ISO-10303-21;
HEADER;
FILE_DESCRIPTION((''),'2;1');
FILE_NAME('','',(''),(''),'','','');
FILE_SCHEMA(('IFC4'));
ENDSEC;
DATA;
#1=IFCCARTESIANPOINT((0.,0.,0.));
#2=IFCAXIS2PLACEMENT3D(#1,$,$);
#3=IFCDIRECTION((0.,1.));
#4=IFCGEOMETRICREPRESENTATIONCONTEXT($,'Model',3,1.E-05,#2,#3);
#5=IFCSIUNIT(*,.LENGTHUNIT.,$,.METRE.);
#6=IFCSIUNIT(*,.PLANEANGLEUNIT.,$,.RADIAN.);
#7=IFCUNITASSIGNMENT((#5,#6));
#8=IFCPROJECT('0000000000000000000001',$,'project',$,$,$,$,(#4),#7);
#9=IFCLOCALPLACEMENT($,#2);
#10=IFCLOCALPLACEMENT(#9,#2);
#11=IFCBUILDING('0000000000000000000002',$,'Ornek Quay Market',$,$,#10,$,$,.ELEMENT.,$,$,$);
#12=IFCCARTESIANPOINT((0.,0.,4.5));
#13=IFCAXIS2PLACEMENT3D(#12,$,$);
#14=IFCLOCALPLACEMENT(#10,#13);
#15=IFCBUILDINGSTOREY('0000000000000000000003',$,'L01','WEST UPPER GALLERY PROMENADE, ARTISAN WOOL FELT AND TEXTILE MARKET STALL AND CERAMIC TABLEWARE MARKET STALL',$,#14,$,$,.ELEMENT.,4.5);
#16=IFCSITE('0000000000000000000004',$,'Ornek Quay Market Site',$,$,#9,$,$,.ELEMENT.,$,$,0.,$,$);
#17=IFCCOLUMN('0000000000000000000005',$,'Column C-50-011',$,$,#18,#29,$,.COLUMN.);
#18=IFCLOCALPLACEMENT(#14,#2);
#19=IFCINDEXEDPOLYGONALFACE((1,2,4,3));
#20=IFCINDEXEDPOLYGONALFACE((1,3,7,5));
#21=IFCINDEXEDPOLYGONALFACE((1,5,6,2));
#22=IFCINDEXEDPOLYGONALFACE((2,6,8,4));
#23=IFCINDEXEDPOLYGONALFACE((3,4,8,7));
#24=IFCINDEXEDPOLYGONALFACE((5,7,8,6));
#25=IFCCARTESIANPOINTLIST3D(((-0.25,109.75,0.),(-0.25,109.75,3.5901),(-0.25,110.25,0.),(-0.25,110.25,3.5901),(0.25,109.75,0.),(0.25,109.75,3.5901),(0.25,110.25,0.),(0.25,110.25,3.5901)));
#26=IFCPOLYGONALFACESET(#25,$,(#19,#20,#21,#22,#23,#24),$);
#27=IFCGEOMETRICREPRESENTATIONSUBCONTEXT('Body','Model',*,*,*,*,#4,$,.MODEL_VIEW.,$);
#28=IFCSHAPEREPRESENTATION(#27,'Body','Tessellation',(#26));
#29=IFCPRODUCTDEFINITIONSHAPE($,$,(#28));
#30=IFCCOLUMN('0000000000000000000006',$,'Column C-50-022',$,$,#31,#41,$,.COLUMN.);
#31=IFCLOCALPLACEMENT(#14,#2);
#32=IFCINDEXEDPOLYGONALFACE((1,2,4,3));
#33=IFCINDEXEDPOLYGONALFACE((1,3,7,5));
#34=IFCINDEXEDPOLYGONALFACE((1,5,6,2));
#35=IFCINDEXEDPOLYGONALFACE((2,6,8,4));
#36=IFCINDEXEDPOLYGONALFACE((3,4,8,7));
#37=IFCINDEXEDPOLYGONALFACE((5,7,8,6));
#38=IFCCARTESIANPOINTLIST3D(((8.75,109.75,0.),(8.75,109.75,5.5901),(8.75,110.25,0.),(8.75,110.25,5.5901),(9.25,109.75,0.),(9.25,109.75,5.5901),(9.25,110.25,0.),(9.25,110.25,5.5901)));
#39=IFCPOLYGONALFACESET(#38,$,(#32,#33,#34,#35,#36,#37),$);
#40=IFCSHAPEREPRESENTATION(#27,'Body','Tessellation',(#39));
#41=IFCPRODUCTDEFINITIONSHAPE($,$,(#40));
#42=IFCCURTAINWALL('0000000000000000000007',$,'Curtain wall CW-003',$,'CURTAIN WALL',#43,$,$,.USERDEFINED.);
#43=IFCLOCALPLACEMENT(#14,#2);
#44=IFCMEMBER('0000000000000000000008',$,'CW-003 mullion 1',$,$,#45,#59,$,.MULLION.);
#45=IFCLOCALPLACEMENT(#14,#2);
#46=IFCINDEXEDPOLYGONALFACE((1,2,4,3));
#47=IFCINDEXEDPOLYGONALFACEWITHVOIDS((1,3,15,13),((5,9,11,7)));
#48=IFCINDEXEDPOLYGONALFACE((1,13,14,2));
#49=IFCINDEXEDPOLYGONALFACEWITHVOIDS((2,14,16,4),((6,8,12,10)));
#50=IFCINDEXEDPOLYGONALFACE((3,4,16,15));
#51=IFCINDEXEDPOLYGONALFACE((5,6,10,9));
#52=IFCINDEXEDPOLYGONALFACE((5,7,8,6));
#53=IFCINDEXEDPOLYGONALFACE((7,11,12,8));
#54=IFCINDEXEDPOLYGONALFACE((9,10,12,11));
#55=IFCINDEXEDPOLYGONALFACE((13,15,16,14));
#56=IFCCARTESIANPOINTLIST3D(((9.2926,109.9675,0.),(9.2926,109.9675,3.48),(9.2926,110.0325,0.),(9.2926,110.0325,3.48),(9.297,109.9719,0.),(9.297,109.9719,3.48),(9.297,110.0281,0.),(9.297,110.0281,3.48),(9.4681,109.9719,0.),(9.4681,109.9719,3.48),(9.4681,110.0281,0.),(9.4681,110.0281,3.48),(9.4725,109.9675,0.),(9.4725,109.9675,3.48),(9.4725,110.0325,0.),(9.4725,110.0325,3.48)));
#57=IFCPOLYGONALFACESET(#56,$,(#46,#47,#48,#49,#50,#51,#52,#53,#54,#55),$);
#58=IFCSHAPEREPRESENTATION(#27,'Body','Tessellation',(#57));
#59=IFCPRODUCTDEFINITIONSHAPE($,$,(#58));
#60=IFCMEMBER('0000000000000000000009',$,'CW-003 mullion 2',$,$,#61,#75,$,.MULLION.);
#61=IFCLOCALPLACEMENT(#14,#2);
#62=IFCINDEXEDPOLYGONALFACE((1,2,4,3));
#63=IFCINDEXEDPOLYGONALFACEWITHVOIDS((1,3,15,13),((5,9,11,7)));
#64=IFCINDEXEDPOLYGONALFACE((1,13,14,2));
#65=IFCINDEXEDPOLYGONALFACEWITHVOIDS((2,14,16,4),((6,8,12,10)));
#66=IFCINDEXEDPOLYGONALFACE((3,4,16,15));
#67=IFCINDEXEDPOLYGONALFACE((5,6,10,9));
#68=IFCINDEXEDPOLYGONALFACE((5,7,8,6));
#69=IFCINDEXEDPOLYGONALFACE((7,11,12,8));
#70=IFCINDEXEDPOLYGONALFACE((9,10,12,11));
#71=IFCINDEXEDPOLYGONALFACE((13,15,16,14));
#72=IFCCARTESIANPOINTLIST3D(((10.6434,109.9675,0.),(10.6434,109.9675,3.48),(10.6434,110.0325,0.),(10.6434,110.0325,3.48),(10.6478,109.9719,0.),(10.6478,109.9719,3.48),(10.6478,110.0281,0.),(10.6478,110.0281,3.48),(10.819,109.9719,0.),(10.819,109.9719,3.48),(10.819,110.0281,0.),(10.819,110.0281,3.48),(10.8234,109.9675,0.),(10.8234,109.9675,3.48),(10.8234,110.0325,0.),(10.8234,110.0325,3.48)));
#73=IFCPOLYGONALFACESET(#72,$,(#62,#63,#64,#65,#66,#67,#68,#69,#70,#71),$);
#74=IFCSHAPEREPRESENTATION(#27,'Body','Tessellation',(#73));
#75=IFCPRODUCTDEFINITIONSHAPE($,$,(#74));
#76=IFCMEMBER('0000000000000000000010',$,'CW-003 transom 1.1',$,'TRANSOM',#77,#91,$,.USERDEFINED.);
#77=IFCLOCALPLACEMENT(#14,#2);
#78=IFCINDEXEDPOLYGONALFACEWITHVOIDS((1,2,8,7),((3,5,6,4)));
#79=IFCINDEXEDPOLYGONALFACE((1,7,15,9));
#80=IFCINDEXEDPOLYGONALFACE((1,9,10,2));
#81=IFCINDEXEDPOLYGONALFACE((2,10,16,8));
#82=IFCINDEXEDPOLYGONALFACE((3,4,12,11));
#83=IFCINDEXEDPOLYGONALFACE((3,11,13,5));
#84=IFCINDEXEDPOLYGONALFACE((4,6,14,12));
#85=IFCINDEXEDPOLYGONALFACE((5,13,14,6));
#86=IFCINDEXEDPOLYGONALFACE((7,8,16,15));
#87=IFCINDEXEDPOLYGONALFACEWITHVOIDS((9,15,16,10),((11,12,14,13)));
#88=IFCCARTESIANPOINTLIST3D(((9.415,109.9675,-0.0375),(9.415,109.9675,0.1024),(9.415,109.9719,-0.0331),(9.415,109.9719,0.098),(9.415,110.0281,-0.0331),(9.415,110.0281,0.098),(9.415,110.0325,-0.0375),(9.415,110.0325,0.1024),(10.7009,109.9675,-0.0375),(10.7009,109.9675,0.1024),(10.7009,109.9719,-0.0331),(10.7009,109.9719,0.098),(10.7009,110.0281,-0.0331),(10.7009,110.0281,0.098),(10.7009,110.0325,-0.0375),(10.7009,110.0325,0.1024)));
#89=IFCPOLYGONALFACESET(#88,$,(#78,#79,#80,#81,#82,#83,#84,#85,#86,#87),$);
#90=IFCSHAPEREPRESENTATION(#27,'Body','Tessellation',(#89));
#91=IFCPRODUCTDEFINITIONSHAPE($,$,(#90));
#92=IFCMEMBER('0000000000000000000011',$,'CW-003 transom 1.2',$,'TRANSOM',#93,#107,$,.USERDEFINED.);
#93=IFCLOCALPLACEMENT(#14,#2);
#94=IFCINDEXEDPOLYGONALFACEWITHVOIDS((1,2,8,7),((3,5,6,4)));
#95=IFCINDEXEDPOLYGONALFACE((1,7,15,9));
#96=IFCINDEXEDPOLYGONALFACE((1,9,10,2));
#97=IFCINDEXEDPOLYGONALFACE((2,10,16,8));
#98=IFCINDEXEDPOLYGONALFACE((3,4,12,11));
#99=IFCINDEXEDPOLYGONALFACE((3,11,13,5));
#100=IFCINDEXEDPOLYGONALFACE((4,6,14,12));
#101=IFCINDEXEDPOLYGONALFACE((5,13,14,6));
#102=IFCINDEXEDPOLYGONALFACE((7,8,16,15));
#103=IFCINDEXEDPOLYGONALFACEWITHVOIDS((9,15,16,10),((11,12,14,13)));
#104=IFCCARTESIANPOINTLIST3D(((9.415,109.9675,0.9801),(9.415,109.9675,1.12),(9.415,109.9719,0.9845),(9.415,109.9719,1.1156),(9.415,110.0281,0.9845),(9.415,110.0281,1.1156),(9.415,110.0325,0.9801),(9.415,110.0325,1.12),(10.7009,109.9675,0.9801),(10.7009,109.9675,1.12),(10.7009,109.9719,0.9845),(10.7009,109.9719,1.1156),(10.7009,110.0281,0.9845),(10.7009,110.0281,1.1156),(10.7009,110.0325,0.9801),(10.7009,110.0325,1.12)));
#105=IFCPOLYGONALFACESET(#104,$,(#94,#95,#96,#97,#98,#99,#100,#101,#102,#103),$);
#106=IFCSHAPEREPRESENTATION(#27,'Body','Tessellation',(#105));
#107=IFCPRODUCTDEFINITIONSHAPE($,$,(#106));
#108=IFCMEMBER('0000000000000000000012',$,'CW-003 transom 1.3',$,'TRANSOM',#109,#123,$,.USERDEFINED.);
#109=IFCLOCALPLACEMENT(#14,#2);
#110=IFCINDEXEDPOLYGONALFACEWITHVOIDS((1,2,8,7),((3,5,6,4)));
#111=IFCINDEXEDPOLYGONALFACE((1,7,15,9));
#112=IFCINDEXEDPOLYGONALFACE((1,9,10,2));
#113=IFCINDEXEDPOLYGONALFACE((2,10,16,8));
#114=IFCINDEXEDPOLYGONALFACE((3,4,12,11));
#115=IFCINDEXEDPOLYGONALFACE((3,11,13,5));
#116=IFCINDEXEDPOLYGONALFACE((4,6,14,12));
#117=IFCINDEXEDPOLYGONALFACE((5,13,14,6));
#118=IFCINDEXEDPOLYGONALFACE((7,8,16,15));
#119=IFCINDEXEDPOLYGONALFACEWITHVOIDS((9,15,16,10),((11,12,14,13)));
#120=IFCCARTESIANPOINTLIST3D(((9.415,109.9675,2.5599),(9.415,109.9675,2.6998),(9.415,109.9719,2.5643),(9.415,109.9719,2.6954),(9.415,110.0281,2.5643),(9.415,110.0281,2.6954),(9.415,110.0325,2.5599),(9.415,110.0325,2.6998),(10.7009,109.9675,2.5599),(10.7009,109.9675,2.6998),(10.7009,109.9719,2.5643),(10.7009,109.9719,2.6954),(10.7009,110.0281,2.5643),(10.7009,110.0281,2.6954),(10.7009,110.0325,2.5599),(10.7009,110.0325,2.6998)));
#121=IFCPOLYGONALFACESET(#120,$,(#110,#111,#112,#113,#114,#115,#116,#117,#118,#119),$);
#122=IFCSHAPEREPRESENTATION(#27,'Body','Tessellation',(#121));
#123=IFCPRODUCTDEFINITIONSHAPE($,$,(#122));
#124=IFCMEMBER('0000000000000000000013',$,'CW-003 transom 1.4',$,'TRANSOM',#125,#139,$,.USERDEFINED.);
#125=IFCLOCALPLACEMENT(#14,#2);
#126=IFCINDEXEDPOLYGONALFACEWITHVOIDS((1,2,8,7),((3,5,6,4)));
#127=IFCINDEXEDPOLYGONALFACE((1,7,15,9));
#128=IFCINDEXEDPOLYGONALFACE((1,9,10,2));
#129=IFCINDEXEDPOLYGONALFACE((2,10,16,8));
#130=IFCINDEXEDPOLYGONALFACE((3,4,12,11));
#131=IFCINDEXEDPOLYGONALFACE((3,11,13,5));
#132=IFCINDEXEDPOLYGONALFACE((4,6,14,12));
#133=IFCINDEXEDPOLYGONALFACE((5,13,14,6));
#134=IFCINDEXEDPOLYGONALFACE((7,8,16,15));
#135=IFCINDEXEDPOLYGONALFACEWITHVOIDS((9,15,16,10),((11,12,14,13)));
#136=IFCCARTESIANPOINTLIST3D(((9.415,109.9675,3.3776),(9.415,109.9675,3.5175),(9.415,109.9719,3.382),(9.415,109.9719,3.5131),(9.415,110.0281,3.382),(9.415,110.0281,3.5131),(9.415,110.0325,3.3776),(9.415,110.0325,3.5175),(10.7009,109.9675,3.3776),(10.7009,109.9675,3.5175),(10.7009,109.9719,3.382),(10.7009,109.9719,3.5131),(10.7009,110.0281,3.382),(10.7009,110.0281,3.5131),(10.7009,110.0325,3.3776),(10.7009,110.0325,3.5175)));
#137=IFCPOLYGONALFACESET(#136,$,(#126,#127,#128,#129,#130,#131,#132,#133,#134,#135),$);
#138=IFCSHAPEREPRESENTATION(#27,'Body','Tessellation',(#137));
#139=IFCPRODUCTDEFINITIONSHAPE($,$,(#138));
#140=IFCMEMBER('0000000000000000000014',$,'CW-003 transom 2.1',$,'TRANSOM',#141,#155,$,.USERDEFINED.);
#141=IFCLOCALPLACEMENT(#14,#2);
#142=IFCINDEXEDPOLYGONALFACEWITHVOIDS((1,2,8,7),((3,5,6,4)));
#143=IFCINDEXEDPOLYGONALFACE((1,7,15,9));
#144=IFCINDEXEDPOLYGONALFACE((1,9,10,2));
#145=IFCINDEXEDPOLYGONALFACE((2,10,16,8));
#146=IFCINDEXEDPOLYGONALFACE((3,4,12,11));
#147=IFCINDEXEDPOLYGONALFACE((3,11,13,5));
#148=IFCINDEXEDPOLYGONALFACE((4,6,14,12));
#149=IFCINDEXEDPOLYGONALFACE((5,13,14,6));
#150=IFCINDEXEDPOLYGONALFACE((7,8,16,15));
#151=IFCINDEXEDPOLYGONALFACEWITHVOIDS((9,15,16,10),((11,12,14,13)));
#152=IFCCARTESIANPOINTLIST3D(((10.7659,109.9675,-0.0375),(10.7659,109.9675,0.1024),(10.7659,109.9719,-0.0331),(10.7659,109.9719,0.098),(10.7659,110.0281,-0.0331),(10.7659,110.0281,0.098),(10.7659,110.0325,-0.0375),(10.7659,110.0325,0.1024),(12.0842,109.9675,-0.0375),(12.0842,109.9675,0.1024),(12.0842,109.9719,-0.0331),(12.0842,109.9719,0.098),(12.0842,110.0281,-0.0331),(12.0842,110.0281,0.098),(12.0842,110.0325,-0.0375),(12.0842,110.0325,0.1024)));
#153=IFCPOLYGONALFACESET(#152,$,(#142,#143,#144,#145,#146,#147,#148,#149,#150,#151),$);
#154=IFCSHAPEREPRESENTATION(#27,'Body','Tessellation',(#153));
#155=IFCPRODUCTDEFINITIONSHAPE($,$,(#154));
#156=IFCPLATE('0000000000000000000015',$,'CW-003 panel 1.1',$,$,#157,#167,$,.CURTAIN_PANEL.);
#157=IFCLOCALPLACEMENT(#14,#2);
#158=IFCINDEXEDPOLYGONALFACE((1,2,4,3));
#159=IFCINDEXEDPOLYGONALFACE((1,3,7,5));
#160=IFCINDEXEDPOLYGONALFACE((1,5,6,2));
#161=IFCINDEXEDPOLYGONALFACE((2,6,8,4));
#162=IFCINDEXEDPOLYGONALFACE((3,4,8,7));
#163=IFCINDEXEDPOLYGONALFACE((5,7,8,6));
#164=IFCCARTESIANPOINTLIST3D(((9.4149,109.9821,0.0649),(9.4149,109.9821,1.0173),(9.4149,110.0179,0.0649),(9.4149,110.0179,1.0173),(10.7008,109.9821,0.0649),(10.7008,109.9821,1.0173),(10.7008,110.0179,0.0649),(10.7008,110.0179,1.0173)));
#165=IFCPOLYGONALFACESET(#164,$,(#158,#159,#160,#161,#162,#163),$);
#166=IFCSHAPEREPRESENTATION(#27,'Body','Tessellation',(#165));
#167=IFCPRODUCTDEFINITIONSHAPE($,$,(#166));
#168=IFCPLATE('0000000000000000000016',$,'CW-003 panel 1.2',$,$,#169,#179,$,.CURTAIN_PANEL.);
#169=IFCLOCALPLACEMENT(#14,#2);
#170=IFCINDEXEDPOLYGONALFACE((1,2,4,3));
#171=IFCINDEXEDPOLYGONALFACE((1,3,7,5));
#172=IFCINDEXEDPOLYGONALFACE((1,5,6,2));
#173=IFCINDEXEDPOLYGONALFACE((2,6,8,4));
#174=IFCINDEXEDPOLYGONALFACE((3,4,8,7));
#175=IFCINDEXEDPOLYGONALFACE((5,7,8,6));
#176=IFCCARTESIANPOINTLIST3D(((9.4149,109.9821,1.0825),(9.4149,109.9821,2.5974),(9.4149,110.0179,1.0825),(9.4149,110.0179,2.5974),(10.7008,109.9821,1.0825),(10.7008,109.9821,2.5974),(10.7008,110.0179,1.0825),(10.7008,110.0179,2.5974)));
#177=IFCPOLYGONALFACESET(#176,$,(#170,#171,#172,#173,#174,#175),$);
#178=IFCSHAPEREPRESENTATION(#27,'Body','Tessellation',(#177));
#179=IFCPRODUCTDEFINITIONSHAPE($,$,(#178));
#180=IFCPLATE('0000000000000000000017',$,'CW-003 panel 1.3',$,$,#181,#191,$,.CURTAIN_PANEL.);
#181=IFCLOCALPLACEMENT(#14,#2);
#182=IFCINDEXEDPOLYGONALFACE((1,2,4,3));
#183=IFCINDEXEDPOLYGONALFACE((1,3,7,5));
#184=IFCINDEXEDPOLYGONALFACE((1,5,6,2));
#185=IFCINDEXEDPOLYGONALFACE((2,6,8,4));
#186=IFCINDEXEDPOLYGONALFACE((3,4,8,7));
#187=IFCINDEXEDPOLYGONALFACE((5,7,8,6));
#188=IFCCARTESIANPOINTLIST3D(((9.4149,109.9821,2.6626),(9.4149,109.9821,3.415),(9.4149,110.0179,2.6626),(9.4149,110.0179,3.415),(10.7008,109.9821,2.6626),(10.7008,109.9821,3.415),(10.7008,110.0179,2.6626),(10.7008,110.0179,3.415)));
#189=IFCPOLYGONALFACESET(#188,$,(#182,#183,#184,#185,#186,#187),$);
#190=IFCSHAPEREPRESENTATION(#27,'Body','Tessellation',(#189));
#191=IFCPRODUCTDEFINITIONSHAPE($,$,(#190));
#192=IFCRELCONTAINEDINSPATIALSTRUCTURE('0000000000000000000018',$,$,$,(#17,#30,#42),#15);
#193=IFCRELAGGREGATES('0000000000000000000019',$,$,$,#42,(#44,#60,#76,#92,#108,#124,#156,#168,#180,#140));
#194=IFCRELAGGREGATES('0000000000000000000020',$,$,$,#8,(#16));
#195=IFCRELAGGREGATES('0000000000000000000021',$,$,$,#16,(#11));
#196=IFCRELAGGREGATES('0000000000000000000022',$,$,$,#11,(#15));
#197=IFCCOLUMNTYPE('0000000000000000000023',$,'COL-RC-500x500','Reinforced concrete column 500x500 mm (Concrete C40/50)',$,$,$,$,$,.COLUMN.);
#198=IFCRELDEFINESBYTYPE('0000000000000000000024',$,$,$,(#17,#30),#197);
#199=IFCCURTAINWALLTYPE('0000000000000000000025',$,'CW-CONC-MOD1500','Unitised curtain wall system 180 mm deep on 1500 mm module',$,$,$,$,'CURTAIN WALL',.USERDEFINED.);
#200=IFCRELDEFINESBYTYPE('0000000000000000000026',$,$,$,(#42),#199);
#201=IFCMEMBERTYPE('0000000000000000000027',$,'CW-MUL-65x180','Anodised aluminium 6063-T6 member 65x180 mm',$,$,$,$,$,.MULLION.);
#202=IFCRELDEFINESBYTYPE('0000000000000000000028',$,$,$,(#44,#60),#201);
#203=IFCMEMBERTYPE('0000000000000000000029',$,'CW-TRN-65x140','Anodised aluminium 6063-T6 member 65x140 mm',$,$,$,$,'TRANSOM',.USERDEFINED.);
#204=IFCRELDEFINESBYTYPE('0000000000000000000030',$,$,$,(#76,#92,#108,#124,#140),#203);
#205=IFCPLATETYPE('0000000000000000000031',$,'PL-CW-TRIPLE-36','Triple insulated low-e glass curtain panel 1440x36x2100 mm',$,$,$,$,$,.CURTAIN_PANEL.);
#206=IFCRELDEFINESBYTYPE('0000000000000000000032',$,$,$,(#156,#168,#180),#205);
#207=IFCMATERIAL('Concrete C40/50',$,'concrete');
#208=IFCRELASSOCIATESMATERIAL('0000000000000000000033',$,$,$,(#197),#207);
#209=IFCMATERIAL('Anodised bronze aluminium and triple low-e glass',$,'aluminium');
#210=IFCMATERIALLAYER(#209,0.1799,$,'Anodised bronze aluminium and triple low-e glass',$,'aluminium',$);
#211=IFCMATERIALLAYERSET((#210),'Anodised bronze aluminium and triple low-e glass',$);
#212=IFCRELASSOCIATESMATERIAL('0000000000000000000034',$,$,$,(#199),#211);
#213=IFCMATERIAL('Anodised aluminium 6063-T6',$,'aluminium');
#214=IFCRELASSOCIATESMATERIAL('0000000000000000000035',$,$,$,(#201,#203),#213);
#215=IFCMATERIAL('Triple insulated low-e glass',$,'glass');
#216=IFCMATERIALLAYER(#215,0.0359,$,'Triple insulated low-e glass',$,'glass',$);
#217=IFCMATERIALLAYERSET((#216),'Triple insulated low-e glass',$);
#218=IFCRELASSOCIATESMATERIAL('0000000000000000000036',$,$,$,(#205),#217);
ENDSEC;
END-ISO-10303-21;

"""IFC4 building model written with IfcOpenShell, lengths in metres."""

from ifc_helpers import new_model, si_unit, direction, frame, origin, origin_2d, place, context, subcontext, project, spatial, rectangle, hollow_rectangle, extrude, material, layer, layer_set, material_profile, profile_set, type_object, element, aggregate, save


model = new_model("IFC4")

# Units and contexts
model_context = context("Model", 3, precision=1e-05, world=origin(), true_north=direction((0.0, 1.0)))
body_context = subcontext(model_context, "Body", "Model", "MODEL_VIEW")
ifc_project = project(units=[si_unit("LENGTHUNIT", "METRE"), si_unit("PLANEANGLEUNIT", "RADIAN")], contexts=[model_context])

# Site, building, storey
site_placement = place(None, origin())
site = spatial("IfcSite", under=ifc_project, at=site_placement, Name="Ornek Quay Market Site", CompositionType="ELEMENT", RefElevation=0.0)
building_placement = place(site_placement, origin())
building = spatial("IfcBuilding", under=site, at=building_placement, Name="Ornek Quay Market", CompositionType="ELEMENT")
storey_placement = place(building_placement, frame((0.0, 0.0, 4.5)))
storey = spatial("IfcBuildingStorey", under=building, at=storey_placement, Name="L01", Description="WEST UPPER GALLERY PROMENADE, ARTISAN WOOL FELT AND TEXTILE MARKET STALL AND CERAMIC TABLEWARE MARKET STALL", CompositionType="ELEMENT", Elevation=4.5)

# Columns
ifc_material_1 = material(Name="Concrete C40/50", Category="concrete")
ifc_material_profile_1 = material_profile(ifc_material_1, rectangle(XDim=0.5, YDim=0.5, at=origin_2d()), Name="RC 500x500", Category="concrete")
ifc_profile_set_1 = profile_set([ifc_material_profile_1], Name="Concrete C40/50")
column_type = type_object("IfcColumnType", Name="COL-RC-500x500", Description="Reinforced concrete column 500x500 mm (Concrete C40/50)", PredefinedType="COLUMN", material=ifc_profile_set_1)
column_1_placement = place(storey_placement, frame((0.0, 110.0, 0.0), z_axis=(0.0, 0.0, 1.0), x_axis=(1.0, 0.0, 0.0)))
element("IfcColumn", 1, at=column_1_placement, inside=storey, type_object=column_type, Name="Column C-50-011", PredefinedType="COLUMN", context=body_context, shape_type="SweptSolid", body=[
    extrude(rectangle(XDim=0.5, YDim=0.5, at=origin_2d()), origin(), (0.0, 0.0, 1.0), 3.5901),
])
column_2_placement = place(storey_placement, frame((9.0, 110.0, 0.0), z_axis=(0.0, 0.0, 1.0), x_axis=(1.0, 0.0, 0.0)))
element("IfcColumn", 2, at=column_2_placement, inside=storey, type_object=column_type, Name="Column C-50-022", PredefinedType="COLUMN", context=body_context, shape_type="SweptSolid", body=[
    extrude(rectangle(XDim=0.5, YDim=0.5, at=origin_2d()), origin(), (0.0, 0.0, 1.0), 5.5901),
])

# Curtain wall, members, plates
ifc_material_2 = material(Name="Anodised bronze aluminium and triple low-e glass", Category="aluminium")
ifc_layer_1 = layer(ifc_material_2, 0.1799, Name="Anodised bronze aluminium and triple low-e glass", Category="aluminium")
ifc_layer_set_1 = layer_set([ifc_layer_1], Name="Anodised bronze aluminium and triple low-e glass")
curtain_wall_type = type_object("IfcCurtainWallType", Name="CW-CONC-MOD1500", Description="Unitised curtain wall system 180 mm deep on 1500 mm module", ElementType="CURTAIN WALL", PredefinedType="USERDEFINED", material=ifc_layer_set_1)
curtain_wall_placement = place(storey_placement, origin())
curtain_wall = element("IfcCurtainWall", 3, at=curtain_wall_placement, inside=storey, type_object=curtain_wall_type, Name="Curtain wall CW-003", ObjectType="CURTAIN WALL", PredefinedType="USERDEFINED")
ifc_material_3 = material(Name="Anodised aluminium 6063-T6", Category="aluminium")
ifc_material_profile_2 = material_profile(ifc_material_3, hollow_rectangle(XDim=0.0649, YDim=0.1799, WallThickness=0.0044, at=origin_2d()), Name="CW-MUL-65x180", Category="aluminium")
ifc_profile_set_2 = profile_set([ifc_material_profile_2], Name="Anodised aluminium 6063-T6")
member_type_1 = type_object("IfcMemberType", Name="CW-MUL-65x180", Description="Anodised aluminium 6063-T6 member 65x180 mm", PredefinedType="MULLION", material=ifc_profile_set_2)
member_1_placement = place(storey_placement, frame((9.3826, 110.0, 0.0), z_axis=(0.0, 0.0, 1.0), x_axis=(0.0, 1.0, 0.0)))
member_1 = element("IfcMember", 4, at=member_1_placement, type_object=member_type_1, Name="CW-003 mullion 1", PredefinedType="MULLION", context=body_context, shape_type="SweptSolid", body=[
    extrude(hollow_rectangle(XDim=0.0649, YDim=0.1799, WallThickness=0.0044, at=origin_2d()), origin(), (0.0, 0.0, 1.0), 3.48),
])
member_2_placement = place(storey_placement, frame((10.7334, 110.0, 0.0), z_axis=(0.0, 0.0, 1.0), x_axis=(0.0, 1.0, 0.0)))
member_2 = element("IfcMember", 5, at=member_2_placement, type_object=member_type_1, Name="CW-003 mullion 2", PredefinedType="MULLION", context=body_context, shape_type="SweptSolid", body=[
    extrude(hollow_rectangle(XDim=0.0649, YDim=0.1799, WallThickness=0.0044, at=origin_2d()), origin(), (0.0, 0.0, 1.0), 3.48),
])
ifc_material_profile_3 = material_profile(ifc_material_3, hollow_rectangle(XDim=0.0649, YDim=0.1399, WallThickness=0.0044, at=origin_2d()), Name="CW-TRN-65x140", Category="aluminium")
ifc_profile_set_3 = profile_set([ifc_material_profile_3], Name="Anodised aluminium 6063-T6")
member_type_2 = type_object("IfcMemberType", Name="CW-TRN-65x140", Description="Anodised aluminium 6063-T6 member 65x140 mm", ElementType="TRANSOM", PredefinedType="USERDEFINED", material=ifc_profile_set_3)
member_3_placement = place(storey_placement, frame((9.415, 110.0, 0.0325), z_axis=(1.0, 0.0, 0.0), x_axis=(0.0, 1.0, 0.0)))
member_3 = element("IfcMember", 6, at=member_3_placement, type_object=member_type_2, Name="CW-003 transom 1.1", ObjectType="TRANSOM", PredefinedType="USERDEFINED", context=body_context, shape_type="SweptSolid", body=[
    extrude(hollow_rectangle(XDim=0.0649, YDim=0.1399, WallThickness=0.0044, at=origin_2d()), origin(), (0.0, 0.0, 1.0), 1.2859),
])
member_4_placement = place(storey_placement, frame((9.415, 110.0, 1.05), z_axis=(1.0, 0.0, 0.0), x_axis=(0.0, 1.0, 0.0)))
member_4 = element("IfcMember", 7, at=member_4_placement, type_object=member_type_2, Name="CW-003 transom 1.2", ObjectType="TRANSOM", PredefinedType="USERDEFINED", context=body_context, shape_type="SweptSolid", body=[
    extrude(hollow_rectangle(XDim=0.0649, YDim=0.1399, WallThickness=0.0044, at=origin_2d()), origin(), (0.0, 0.0, 1.0), 1.2859),
])
member_5_placement = place(storey_placement, frame((9.415, 110.0, 2.6299), z_axis=(1.0, 0.0, 0.0), x_axis=(0.0, 1.0, 0.0)))
member_5 = element("IfcMember", 8, at=member_5_placement, type_object=member_type_2, Name="CW-003 transom 1.3", ObjectType="TRANSOM", PredefinedType="USERDEFINED", context=body_context, shape_type="SweptSolid", body=[
    extrude(hollow_rectangle(XDim=0.0649, YDim=0.1399, WallThickness=0.0044, at=origin_2d()), origin(), (0.0, 0.0, 1.0), 1.2859),
])
member_6_placement = place(storey_placement, frame((9.415, 110.0, 3.4475), z_axis=(1.0, 0.0, 0.0), x_axis=(0.0, 1.0, 0.0)))
member_6 = element("IfcMember", 9, at=member_6_placement, type_object=member_type_2, Name="CW-003 transom 1.4", ObjectType="TRANSOM", PredefinedType="USERDEFINED", context=body_context, shape_type="SweptSolid", body=[
    extrude(hollow_rectangle(XDim=0.0649, YDim=0.1399, WallThickness=0.0044, at=origin_2d()), origin(), (0.0, 0.0, 1.0), 1.2859),
])
member_7_placement = place(storey_placement, frame((10.7659, 110.0, 0.0325), z_axis=(1.0, 0.0, 0.0), x_axis=(0.0, 1.0, 0.0)))
member_7 = element("IfcMember", 10, at=member_7_placement, type_object=member_type_2, Name="CW-003 transom 2.1", ObjectType="TRANSOM", PredefinedType="USERDEFINED", context=body_context, shape_type="SweptSolid", body=[
    extrude(hollow_rectangle(XDim=0.0649, YDim=0.1399, WallThickness=0.0044, at=origin_2d()), origin(), (0.0, 0.0, 1.0), 1.3184),
])
ifc_material_4 = material(Name="Triple insulated low-e glass", Category="glass")
ifc_layer_2 = layer(ifc_material_4, 0.0359, Name="Triple insulated low-e glass", Category="glass")
ifc_layer_set_2 = layer_set([ifc_layer_2], Name="Triple insulated low-e glass")
plate_type = type_object("IfcPlateType", Name="PL-CW-TRIPLE-36", Description="Triple insulated low-e glass curtain panel 1440x36x2100 mm", PredefinedType="CURTAIN_PANEL", material=ifc_layer_set_2)
plate_1_placement = place(storey_placement, frame((10.0579, 110.0, 0.0649), z_axis=(0.0, 0.0, 1.0), x_axis=(1.0, 0.0, 0.0)))
plate_1 = element("IfcPlate", 11, at=plate_1_placement, type_object=plate_type, Name="CW-003 panel 1.1", PredefinedType="CURTAIN_PANEL", context=body_context, shape_type="SweptSolid", body=[
    extrude(rectangle(XDim=1.2859, YDim=0.0359, at=origin_2d()), origin(), (0.0, 0.0, 1.0), 0.9524),
])
plate_2_placement = place(storey_placement, frame((10.0579, 110.0, 1.0825), z_axis=(0.0, 0.0, 1.0), x_axis=(1.0, 0.0, 0.0)))
plate_2 = element("IfcPlate", 12, at=plate_2_placement, type_object=plate_type, Name="CW-003 panel 1.2", PredefinedType="CURTAIN_PANEL", context=body_context, shape_type="SweptSolid", body=[
    extrude(rectangle(XDim=1.2859, YDim=0.0359, at=origin_2d()), origin(), (0.0, 0.0, 1.0), 1.5149),
])
plate_3_placement = place(storey_placement, frame((10.0579, 110.0, 2.6626), z_axis=(0.0, 0.0, 1.0), x_axis=(1.0, 0.0, 0.0)))
plate_3 = element("IfcPlate", 13, at=plate_3_placement, type_object=plate_type, Name="CW-003 panel 1.3", PredefinedType="CURTAIN_PANEL", context=body_context, shape_type="SweptSolid", body=[
    extrude(rectangle(XDim=1.2859, YDim=0.0359, at=origin_2d()), origin(), (0.0, 0.0, 1.0), 0.7524),
])
aggregate(curtain_wall, [member_1, member_2, member_3, member_4, member_5, member_6, plate_1, plate_2, plate_3, member_7])

save(model, "model.ifc")
